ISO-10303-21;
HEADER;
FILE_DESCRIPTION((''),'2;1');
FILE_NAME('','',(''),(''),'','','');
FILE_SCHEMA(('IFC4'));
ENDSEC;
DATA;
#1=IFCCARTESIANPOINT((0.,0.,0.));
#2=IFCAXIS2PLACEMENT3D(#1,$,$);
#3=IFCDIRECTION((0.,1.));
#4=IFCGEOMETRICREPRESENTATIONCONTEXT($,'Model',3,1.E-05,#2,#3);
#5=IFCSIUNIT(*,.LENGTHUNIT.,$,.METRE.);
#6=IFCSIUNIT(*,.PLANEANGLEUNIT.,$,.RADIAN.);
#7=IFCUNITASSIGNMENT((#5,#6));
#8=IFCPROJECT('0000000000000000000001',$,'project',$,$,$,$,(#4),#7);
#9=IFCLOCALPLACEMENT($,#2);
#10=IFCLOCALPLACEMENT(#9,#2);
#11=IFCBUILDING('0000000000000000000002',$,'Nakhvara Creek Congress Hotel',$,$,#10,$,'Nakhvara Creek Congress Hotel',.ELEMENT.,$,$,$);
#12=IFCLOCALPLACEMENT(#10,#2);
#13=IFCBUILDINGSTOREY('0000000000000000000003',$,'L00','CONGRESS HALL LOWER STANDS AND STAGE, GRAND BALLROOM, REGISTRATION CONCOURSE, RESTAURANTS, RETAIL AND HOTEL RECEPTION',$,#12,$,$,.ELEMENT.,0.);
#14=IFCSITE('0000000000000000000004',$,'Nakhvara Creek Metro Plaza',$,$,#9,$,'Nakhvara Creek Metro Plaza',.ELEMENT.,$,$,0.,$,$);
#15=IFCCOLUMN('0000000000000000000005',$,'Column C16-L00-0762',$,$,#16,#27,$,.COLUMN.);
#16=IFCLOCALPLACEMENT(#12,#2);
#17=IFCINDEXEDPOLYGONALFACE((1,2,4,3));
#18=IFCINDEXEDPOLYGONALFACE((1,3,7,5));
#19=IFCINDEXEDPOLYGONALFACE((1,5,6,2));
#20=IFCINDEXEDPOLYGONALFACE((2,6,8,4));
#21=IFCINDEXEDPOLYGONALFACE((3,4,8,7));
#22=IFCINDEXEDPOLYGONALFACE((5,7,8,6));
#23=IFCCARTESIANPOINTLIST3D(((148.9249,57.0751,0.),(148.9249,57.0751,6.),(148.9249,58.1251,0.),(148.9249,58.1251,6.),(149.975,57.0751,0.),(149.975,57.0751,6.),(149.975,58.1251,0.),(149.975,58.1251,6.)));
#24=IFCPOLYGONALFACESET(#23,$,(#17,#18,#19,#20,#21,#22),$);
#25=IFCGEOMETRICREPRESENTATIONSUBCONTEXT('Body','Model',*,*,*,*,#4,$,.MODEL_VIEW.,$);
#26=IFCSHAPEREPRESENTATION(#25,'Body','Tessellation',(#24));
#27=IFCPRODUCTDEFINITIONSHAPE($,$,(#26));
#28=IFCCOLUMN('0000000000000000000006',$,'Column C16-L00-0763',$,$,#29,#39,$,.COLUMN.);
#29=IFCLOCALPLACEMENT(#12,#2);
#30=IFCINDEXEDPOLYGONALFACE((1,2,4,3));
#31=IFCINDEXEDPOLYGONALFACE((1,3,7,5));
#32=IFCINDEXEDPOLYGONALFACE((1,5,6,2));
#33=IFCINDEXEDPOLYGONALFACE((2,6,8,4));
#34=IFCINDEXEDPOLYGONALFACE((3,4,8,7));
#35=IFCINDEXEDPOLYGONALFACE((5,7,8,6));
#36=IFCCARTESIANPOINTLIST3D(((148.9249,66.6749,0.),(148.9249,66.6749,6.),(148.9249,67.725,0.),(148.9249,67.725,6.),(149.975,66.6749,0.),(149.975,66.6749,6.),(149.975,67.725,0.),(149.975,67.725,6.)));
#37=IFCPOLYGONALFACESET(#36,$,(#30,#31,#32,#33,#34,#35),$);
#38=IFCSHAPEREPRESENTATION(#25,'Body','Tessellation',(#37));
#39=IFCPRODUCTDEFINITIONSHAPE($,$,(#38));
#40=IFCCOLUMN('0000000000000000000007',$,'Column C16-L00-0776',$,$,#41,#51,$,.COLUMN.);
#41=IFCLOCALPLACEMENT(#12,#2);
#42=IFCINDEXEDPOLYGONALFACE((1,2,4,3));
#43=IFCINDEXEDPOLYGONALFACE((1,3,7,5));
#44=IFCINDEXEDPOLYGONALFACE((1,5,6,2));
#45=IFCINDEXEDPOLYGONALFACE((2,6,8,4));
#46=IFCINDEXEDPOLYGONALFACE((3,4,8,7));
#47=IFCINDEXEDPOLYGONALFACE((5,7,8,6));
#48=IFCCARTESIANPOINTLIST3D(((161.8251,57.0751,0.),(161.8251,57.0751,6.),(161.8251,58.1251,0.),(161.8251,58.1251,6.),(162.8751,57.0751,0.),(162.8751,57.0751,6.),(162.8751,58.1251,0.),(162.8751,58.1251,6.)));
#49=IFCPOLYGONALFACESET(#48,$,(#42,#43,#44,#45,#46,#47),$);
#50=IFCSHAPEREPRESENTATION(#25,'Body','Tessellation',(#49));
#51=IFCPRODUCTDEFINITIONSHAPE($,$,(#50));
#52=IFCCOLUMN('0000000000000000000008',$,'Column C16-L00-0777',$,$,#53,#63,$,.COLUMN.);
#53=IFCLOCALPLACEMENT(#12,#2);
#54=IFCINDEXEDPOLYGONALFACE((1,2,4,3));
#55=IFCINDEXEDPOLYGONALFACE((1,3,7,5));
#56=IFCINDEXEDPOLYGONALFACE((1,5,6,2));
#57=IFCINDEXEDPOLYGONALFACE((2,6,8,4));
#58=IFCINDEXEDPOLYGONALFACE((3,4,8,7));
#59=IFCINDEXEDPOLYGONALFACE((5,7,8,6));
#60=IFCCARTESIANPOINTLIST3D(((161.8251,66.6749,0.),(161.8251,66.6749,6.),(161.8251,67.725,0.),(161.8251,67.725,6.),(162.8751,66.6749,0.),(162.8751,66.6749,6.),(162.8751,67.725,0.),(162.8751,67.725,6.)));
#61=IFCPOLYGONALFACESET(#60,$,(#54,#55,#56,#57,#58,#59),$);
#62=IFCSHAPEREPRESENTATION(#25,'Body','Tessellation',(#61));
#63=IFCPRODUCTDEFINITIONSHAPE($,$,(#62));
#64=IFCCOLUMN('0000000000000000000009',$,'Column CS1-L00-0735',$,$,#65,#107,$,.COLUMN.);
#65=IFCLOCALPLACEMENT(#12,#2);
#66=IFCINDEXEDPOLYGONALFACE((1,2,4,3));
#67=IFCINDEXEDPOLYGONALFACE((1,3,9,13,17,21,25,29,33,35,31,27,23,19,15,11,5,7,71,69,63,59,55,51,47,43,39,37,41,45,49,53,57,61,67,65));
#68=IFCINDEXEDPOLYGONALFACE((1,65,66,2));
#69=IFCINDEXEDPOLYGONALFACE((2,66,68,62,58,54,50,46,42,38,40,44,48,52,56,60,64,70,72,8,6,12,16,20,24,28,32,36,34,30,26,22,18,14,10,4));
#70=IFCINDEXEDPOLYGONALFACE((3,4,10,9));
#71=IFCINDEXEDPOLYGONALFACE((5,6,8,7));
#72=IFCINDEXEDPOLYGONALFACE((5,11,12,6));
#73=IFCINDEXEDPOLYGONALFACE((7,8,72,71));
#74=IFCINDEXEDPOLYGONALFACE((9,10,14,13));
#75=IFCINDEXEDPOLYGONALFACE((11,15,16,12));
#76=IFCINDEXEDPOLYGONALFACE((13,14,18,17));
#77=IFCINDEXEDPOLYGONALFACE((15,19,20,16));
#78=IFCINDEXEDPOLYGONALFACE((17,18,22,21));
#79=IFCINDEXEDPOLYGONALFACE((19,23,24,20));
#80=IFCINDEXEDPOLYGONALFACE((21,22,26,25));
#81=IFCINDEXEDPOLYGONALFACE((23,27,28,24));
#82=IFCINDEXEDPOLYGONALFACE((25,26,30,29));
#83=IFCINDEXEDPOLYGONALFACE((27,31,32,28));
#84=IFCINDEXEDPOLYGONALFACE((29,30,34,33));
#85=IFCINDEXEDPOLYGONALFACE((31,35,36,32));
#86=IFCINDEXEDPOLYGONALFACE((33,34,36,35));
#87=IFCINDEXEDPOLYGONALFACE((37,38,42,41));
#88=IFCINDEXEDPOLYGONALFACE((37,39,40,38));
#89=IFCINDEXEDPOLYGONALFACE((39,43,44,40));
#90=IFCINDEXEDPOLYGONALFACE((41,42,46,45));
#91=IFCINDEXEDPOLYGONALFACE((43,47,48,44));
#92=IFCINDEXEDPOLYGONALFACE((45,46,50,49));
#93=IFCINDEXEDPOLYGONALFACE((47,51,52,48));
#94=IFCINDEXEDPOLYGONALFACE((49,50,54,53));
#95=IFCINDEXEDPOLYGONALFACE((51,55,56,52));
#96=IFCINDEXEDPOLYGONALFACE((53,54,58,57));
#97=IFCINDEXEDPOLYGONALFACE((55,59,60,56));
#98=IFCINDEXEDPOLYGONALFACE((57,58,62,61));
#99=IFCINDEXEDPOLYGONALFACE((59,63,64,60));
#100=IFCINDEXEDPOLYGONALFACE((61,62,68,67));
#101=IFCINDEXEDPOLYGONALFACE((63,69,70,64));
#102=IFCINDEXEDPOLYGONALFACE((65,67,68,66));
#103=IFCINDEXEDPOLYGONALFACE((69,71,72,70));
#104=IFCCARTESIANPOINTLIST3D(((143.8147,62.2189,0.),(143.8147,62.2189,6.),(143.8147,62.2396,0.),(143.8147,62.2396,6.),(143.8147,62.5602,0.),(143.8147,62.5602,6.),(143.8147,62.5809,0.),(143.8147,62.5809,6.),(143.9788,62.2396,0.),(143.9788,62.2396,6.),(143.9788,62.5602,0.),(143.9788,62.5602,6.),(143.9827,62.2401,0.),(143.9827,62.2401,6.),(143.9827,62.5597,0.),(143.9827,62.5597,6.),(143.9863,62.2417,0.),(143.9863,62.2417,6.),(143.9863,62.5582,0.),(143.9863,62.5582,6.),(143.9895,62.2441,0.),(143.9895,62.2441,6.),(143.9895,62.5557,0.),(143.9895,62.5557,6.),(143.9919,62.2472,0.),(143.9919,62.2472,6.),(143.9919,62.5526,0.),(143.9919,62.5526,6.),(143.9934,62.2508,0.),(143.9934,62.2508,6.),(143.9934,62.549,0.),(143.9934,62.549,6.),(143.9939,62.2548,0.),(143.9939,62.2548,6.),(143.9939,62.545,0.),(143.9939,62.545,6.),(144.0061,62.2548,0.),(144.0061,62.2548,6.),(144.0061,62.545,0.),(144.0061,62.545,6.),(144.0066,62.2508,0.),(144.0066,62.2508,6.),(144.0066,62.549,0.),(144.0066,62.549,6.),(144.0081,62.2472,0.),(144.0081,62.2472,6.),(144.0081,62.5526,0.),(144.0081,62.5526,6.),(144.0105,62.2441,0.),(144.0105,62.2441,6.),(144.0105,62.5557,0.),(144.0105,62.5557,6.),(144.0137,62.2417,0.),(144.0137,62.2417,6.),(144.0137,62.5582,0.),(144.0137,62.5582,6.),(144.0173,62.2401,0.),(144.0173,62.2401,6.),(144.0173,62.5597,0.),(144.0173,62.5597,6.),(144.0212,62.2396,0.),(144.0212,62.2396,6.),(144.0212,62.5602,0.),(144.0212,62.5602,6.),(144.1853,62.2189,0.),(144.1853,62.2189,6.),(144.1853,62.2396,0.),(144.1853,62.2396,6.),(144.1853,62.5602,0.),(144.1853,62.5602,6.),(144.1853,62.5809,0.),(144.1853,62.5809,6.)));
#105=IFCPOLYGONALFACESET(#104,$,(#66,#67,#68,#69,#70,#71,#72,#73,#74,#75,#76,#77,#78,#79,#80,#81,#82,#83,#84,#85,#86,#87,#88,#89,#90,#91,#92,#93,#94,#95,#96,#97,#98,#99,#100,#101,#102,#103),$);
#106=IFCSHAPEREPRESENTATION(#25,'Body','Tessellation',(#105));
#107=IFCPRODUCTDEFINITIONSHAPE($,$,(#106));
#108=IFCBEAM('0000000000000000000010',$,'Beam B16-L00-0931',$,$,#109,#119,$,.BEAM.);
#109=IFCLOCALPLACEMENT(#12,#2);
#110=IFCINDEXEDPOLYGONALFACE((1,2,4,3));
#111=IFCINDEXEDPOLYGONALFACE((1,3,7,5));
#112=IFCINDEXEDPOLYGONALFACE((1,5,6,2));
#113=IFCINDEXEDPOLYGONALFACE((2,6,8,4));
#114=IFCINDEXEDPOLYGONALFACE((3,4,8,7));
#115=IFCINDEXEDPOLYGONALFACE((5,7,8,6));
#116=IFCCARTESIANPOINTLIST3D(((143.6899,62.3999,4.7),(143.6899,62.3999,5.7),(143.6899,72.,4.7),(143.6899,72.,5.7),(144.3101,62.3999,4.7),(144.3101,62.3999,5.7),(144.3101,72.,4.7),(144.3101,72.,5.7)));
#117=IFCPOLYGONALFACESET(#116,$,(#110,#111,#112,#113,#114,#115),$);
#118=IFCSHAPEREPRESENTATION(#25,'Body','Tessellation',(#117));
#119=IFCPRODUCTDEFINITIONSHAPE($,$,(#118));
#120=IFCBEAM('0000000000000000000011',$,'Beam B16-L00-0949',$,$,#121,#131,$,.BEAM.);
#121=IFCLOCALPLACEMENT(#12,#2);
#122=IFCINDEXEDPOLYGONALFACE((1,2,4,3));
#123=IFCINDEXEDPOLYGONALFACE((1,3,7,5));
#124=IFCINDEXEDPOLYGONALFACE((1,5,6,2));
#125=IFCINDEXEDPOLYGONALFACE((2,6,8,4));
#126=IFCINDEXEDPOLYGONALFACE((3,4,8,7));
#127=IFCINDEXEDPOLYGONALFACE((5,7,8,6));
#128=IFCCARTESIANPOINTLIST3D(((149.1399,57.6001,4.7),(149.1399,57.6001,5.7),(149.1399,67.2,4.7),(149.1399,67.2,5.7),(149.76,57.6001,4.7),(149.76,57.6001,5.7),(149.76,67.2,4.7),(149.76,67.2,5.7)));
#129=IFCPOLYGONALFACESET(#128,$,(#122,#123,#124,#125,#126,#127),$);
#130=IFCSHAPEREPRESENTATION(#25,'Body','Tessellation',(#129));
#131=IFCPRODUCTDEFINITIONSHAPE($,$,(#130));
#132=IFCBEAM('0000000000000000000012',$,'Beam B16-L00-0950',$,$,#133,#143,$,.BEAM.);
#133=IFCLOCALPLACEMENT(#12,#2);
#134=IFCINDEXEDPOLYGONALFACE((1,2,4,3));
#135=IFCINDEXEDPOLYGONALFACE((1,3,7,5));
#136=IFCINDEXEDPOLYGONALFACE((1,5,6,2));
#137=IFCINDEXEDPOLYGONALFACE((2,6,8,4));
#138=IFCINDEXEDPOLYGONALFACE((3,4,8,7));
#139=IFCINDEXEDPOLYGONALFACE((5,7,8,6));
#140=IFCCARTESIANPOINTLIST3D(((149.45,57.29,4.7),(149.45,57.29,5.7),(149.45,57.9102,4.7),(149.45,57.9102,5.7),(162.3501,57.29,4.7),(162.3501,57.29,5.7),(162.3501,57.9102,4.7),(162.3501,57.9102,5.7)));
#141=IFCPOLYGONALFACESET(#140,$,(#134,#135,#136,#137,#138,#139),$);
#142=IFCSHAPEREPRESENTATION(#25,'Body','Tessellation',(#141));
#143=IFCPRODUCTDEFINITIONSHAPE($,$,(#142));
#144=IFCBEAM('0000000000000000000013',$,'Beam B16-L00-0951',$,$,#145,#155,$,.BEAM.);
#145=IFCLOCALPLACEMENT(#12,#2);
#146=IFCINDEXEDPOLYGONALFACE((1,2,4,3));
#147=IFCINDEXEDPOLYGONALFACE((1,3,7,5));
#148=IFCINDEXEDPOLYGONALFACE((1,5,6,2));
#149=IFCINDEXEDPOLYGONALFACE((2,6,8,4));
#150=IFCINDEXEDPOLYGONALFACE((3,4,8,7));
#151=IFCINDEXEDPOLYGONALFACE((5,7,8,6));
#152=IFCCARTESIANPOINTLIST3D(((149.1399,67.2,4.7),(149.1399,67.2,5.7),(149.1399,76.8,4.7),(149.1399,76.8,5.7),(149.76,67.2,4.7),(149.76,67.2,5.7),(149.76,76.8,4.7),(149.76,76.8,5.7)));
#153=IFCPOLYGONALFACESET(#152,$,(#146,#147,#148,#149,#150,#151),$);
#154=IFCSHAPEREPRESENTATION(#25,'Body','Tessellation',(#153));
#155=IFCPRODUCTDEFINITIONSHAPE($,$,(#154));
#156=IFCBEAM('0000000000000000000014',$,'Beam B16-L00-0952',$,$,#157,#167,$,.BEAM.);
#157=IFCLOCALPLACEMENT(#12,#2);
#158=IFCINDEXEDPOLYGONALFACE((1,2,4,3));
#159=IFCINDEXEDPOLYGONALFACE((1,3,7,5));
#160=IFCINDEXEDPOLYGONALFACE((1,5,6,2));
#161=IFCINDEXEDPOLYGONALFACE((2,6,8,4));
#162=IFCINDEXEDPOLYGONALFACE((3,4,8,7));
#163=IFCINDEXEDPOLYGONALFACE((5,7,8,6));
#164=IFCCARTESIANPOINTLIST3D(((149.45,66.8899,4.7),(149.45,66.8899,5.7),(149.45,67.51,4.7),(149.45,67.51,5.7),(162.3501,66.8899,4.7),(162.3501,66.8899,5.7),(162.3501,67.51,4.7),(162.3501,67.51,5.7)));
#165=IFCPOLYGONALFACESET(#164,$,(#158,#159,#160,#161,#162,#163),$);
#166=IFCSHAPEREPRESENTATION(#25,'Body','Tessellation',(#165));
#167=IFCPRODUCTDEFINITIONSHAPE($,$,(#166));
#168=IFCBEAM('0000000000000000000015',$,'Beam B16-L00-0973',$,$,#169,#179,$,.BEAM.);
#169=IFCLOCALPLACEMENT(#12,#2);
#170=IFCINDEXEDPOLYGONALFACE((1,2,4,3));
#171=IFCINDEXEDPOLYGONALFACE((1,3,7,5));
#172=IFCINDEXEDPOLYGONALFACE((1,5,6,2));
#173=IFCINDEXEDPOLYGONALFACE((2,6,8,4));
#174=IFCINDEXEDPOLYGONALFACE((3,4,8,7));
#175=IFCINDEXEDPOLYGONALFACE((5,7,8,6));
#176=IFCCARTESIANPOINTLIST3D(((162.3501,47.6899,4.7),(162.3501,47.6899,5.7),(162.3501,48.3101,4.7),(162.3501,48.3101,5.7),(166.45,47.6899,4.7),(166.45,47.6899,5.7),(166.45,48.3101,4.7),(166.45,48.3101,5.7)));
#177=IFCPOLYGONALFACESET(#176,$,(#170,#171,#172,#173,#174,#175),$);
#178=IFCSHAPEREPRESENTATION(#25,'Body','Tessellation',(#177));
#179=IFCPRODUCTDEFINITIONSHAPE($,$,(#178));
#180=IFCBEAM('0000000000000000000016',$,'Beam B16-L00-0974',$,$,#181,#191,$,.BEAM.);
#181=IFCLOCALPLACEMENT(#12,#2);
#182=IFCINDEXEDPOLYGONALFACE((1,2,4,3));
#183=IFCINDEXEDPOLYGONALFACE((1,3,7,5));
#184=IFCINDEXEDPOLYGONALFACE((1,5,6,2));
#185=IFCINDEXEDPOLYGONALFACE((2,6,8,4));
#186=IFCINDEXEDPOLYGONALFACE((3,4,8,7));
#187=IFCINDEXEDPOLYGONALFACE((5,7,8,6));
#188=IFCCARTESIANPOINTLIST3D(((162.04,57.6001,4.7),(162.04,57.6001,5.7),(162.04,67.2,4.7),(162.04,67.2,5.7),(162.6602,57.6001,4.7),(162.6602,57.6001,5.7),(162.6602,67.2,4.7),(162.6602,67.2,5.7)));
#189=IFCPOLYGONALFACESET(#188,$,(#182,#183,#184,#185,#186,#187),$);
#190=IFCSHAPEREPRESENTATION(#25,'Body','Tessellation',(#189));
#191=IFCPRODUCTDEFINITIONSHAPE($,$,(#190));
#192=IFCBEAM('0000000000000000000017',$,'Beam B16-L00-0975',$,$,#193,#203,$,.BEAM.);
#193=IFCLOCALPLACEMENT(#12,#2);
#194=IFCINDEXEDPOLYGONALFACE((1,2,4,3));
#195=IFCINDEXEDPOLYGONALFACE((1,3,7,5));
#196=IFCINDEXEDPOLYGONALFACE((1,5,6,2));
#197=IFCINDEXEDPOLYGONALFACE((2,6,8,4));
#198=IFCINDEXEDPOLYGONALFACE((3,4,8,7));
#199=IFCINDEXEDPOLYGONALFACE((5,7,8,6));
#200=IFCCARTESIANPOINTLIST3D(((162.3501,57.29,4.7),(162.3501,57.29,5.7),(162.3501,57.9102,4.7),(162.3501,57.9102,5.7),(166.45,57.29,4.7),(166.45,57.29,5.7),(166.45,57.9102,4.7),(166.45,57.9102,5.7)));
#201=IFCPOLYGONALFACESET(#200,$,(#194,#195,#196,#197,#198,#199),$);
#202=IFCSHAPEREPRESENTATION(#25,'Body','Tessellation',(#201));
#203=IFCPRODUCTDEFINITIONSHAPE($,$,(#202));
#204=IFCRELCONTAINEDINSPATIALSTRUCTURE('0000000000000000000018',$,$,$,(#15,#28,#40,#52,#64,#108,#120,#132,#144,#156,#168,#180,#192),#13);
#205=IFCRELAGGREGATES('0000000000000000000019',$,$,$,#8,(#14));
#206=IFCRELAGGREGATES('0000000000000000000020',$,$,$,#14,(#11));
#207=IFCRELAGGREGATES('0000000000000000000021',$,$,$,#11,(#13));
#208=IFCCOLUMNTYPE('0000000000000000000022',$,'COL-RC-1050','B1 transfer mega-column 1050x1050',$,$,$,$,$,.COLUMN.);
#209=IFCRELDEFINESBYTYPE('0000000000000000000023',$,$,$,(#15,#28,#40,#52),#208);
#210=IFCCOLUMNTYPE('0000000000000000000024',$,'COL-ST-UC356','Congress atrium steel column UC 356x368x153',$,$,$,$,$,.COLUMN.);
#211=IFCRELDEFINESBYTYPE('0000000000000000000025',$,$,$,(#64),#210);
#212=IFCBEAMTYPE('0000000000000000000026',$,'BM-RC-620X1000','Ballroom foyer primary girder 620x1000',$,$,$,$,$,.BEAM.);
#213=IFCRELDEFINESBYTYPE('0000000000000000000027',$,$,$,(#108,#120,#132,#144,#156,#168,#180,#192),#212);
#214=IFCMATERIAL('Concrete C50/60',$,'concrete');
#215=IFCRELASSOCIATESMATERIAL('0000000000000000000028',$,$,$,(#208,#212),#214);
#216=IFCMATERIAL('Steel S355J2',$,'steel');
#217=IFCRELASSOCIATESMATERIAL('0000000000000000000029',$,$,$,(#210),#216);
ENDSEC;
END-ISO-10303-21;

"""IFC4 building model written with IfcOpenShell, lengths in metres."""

from ifc_helpers import new_model, si_unit, direction, frame, origin, origin_2d, place, context, subcontext, project, spatial, rectangle, i_section, extrude, material, material_profile, profile_set, type_object, element, save


model = new_model("IFC4")

# Units and contexts
model_context = context("Model", 3, precision=1e-05, world=origin(), true_north=direction((0.0, 1.0)))
body_context = subcontext(model_context, "Body", "Model", "MODEL_VIEW")
ifc_project = project(units=[si_unit("LENGTHUNIT", "METRE"), si_unit("PLANEANGLEUNIT", "RADIAN")], contexts=[model_context])

# Site, building, storey
site_placement = place(None, origin())
site = spatial("IfcSite", under=ifc_project, at=site_placement, Name="Nakhvara Creek Metro Plaza", LongName="Nakhvara Creek Metro Plaza", CompositionType="ELEMENT", RefElevation=0.0)
building_placement = place(site_placement, origin())
building = spatial("IfcBuilding", under=site, at=building_placement, Name="Nakhvara Creek Congress Hotel", LongName="Nakhvara Creek Congress Hotel", CompositionType="ELEMENT")
storey_placement = place(building_placement, origin())
storey = spatial("IfcBuildingStorey", under=building, at=storey_placement, Name="L00", Description="CONGRESS HALL LOWER STANDS AND STAGE, GRAND BALLROOM, REGISTRATION CONCOURSE, RESTAURANTS, RETAIL AND HOTEL RECEPTION", CompositionType="ELEMENT", Elevation=0.0)

# Columns
ifc_material_1 = material(Name="Concrete C50/60", Category="concrete")
ifc_material_profile_1 = material_profile(ifc_material_1, rectangle(XDim=1.05, YDim=1.05, at=origin_2d()), Name="RC-COL 1050x1050", Category="LoadBearing")
ifc_profile_set_1 = profile_set([ifc_material_profile_1], Name="Concrete C50/60")
column_type_1 = type_object("IfcColumnType", Name="COL-RC-1050", Description="B1 transfer mega-column 1050x1050", PredefinedType="COLUMN", material=ifc_profile_set_1)
for number, where, z_axis, x_axis, name in (
    (1, (149.45, 57.6001, 0.0), (0.0, 0.0, 1.0), (1.0, 0.0, 0.0), "Column C16-L00-0762"),
    (2, (149.45, 67.2, 0.0), (0.0, 0.0, 1.0), (1.0, 0.0, 0.0), "Column C16-L00-0763"),
    (3, (162.3501, 57.6001, 0.0), (0.0, 0.0, 1.0), (1.0, 0.0, 0.0), "Column C16-L00-0776"),
    (4, (162.3501, 67.2, 0.0), (0.0, 0.0, 1.0), (1.0, 0.0, 0.0), "Column C16-L00-0777"),
):
    element("IfcColumn", number, at=place(storey_placement, frame(where, z_axis=z_axis, x_axis=x_axis)), inside=storey, type_object=column_type_1, Name=name, PredefinedType="COLUMN", context=body_context, shape_type="SweptSolid", body=[
        extrude(rectangle(XDim=1.05, YDim=1.05, at=origin_2d()), origin(), (0.0, 0.0, 1.0), 6.0),
    ])
ifc_material_2 = material(Name="Steel S355J2", Category="steel")
ifc_material_profile_2 = material_profile(ifc_material_2, i_section(OverallWidth=0.3706, OverallDepth=0.3621, WebThickness=0.0122, FlangeThickness=0.0208, FilletRadius=0.0151, at=origin_2d()), Name="UC 356x368x153", Category="LoadBearing")
ifc_profile_set_2 = profile_set([ifc_material_profile_2], Name="Steel S355J2")
column_type_2 = type_object("IfcColumnType", Name="COL-ST-UC356", Description="Congress atrium steel column UC 356x368x153", PredefinedType="COLUMN", material=ifc_profile_set_2)
column_placement = place(storey_placement, frame((144.0, 62.3999, 0.0), z_axis=(0.0, 0.0, 1.0), x_axis=(1.0, 0.0, 0.0)))
element("IfcColumn", 5, at=column_placement, inside=storey, type_object=column_type_2, Name="Column CS1-L00-0735", PredefinedType="COLUMN", context=body_context, shape_type="SweptSolid", body=[
    extrude(i_section(OverallWidth=0.3706, OverallDepth=0.3621, WebThickness=0.0122, FlangeThickness=0.0208, FilletRadius=0.0151, at=origin_2d()), origin(), (0.0, 0.0, 1.0), 6.0),
])

# Beams
ifc_material_profile_3 = material_profile(ifc_material_1, rectangle(XDim=0.6201, YDim=1.0, at=origin_2d()), Name="RC-BM 620x1000", Category="LoadBearing")
ifc_profile_set_3 = profile_set([ifc_material_profile_3], Name="Concrete C50/60")
beam_type = type_object("IfcBeamType", Name="BM-RC-620X1000", Description="Ballroom foyer primary girder 620x1000", PredefinedType="BEAM", material=ifc_profile_set_3)
beam_1_placement = place(storey_placement, frame((144.0, 62.3999, 5.2), z_axis=(0.0, 1.0, 0.0), x_axis=(-1.0, 0.0, 0.0)))
element("IfcBeam", 6, at=beam_1_placement, inside=storey, type_object=beam_type, Name="Beam B16-L00-0931", PredefinedType="BEAM", context=body_context, shape_type="SweptSolid", body=[
    extrude(rectangle(XDim=0.6201, YDim=1.0, at=origin_2d()), origin(), (0.0, 0.0, 1.0), 9.6001),
])
beam_2_placement = place(storey_placement, frame((149.45, 57.6001, 5.2), z_axis=(0.0, 1.0, 0.0), x_axis=(-1.0, 0.0, 0.0)))
element("IfcBeam", 7, at=beam_2_placement, inside=storey, type_object=beam_type, Name="Beam B16-L00-0949", PredefinedType="BEAM", context=body_context, shape_type="SweptSolid", body=[
    extrude(rectangle(XDim=0.6201, YDim=1.0, at=origin_2d()), origin(), (0.0, 0.0, 1.0), 9.5999),
])
beam_3_placement = place(storey_placement, frame((149.45, 57.6001, 5.2), z_axis=(1.0, 0.0, 0.0), x_axis=(0.0, 1.0, 0.0)))
element("IfcBeam", 8, at=beam_3_placement, inside=storey, type_object=beam_type, Name="Beam B16-L00-0950", PredefinedType="BEAM", context=body_context, shape_type="SweptSolid", body=[
    extrude(rectangle(XDim=0.6201, YDim=1.0, at=origin_2d()), origin(), (0.0, 0.0, 1.0), 12.9001),
])
beam_4_placement = place(storey_placement, frame((149.45, 67.2, 5.2), z_axis=(0.0, 1.0, 0.0), x_axis=(-1.0, 0.0, 0.0)))
element("IfcBeam", 9, at=beam_4_placement, inside=storey, type_object=beam_type, Name="Beam B16-L00-0951", PredefinedType="BEAM", context=body_context, shape_type="SweptSolid", body=[
    extrude(rectangle(XDim=0.6201, YDim=1.0, at=origin_2d()), origin(), (0.0, 0.0, 1.0), 9.6001),
])
beam_5_placement = place(storey_placement, frame((149.45, 67.2, 5.2), z_axis=(1.0, 0.0, 0.0), x_axis=(0.0, 1.0, 0.0)))
element("IfcBeam", 10, at=beam_5_placement, inside=storey, type_object=beam_type, Name="Beam B16-L00-0952", PredefinedType="BEAM", context=body_context, shape_type="SweptSolid", body=[
    extrude(rectangle(XDim=0.6201, YDim=1.0, at=origin_2d()), origin(), (0.0, 0.0, 1.0), 12.9001),
])
beam_6_placement = place(storey_placement, frame((162.3501, 48.0, 5.2), z_axis=(1.0, 0.0, 0.0), x_axis=(0.0, 1.0, 0.0)))
element("IfcBeam", 11, at=beam_6_placement, inside=storey, type_object=beam_type, Name="Beam B16-L00-0973", PredefinedType="BEAM", context=body_context, shape_type="SweptSolid", body=[
    extrude(rectangle(XDim=0.6201, YDim=1.0, at=origin_2d()), origin(), (0.0, 0.0, 1.0), 4.0999),
])
beam_7_placement = place(storey_placement, frame((162.3501, 57.6001, 5.2), z_axis=(0.0, 1.0, 0.0), x_axis=(-1.0, 0.0, 0.0)))
element("IfcBeam", 12, at=beam_7_placement, inside=storey, type_object=beam_type, Name="Beam B16-L00-0974", PredefinedType="BEAM", context=body_context, shape_type="SweptSolid", body=[
    extrude(rectangle(XDim=0.6201, YDim=1.0, at=origin_2d()), origin(), (0.0, 0.0, 1.0), 9.5999),
])
beam_8_placement = place(storey_placement, frame((162.3501, 57.6001, 5.2), z_axis=(1.0, 0.0, 0.0), x_axis=(0.0, 1.0, 0.0)))
element("IfcBeam", 13, at=beam_8_placement, inside=storey, type_object=beam_type, Name="Beam B16-L00-0975", PredefinedType="BEAM", context=body_context, shape_type="SweptSolid", body=[
    extrude(rectangle(XDim=0.6201, YDim=1.0, at=origin_2d()), origin(), (0.0, 0.0, 1.0), 4.0999),
])

save(model, "model.ifc")
